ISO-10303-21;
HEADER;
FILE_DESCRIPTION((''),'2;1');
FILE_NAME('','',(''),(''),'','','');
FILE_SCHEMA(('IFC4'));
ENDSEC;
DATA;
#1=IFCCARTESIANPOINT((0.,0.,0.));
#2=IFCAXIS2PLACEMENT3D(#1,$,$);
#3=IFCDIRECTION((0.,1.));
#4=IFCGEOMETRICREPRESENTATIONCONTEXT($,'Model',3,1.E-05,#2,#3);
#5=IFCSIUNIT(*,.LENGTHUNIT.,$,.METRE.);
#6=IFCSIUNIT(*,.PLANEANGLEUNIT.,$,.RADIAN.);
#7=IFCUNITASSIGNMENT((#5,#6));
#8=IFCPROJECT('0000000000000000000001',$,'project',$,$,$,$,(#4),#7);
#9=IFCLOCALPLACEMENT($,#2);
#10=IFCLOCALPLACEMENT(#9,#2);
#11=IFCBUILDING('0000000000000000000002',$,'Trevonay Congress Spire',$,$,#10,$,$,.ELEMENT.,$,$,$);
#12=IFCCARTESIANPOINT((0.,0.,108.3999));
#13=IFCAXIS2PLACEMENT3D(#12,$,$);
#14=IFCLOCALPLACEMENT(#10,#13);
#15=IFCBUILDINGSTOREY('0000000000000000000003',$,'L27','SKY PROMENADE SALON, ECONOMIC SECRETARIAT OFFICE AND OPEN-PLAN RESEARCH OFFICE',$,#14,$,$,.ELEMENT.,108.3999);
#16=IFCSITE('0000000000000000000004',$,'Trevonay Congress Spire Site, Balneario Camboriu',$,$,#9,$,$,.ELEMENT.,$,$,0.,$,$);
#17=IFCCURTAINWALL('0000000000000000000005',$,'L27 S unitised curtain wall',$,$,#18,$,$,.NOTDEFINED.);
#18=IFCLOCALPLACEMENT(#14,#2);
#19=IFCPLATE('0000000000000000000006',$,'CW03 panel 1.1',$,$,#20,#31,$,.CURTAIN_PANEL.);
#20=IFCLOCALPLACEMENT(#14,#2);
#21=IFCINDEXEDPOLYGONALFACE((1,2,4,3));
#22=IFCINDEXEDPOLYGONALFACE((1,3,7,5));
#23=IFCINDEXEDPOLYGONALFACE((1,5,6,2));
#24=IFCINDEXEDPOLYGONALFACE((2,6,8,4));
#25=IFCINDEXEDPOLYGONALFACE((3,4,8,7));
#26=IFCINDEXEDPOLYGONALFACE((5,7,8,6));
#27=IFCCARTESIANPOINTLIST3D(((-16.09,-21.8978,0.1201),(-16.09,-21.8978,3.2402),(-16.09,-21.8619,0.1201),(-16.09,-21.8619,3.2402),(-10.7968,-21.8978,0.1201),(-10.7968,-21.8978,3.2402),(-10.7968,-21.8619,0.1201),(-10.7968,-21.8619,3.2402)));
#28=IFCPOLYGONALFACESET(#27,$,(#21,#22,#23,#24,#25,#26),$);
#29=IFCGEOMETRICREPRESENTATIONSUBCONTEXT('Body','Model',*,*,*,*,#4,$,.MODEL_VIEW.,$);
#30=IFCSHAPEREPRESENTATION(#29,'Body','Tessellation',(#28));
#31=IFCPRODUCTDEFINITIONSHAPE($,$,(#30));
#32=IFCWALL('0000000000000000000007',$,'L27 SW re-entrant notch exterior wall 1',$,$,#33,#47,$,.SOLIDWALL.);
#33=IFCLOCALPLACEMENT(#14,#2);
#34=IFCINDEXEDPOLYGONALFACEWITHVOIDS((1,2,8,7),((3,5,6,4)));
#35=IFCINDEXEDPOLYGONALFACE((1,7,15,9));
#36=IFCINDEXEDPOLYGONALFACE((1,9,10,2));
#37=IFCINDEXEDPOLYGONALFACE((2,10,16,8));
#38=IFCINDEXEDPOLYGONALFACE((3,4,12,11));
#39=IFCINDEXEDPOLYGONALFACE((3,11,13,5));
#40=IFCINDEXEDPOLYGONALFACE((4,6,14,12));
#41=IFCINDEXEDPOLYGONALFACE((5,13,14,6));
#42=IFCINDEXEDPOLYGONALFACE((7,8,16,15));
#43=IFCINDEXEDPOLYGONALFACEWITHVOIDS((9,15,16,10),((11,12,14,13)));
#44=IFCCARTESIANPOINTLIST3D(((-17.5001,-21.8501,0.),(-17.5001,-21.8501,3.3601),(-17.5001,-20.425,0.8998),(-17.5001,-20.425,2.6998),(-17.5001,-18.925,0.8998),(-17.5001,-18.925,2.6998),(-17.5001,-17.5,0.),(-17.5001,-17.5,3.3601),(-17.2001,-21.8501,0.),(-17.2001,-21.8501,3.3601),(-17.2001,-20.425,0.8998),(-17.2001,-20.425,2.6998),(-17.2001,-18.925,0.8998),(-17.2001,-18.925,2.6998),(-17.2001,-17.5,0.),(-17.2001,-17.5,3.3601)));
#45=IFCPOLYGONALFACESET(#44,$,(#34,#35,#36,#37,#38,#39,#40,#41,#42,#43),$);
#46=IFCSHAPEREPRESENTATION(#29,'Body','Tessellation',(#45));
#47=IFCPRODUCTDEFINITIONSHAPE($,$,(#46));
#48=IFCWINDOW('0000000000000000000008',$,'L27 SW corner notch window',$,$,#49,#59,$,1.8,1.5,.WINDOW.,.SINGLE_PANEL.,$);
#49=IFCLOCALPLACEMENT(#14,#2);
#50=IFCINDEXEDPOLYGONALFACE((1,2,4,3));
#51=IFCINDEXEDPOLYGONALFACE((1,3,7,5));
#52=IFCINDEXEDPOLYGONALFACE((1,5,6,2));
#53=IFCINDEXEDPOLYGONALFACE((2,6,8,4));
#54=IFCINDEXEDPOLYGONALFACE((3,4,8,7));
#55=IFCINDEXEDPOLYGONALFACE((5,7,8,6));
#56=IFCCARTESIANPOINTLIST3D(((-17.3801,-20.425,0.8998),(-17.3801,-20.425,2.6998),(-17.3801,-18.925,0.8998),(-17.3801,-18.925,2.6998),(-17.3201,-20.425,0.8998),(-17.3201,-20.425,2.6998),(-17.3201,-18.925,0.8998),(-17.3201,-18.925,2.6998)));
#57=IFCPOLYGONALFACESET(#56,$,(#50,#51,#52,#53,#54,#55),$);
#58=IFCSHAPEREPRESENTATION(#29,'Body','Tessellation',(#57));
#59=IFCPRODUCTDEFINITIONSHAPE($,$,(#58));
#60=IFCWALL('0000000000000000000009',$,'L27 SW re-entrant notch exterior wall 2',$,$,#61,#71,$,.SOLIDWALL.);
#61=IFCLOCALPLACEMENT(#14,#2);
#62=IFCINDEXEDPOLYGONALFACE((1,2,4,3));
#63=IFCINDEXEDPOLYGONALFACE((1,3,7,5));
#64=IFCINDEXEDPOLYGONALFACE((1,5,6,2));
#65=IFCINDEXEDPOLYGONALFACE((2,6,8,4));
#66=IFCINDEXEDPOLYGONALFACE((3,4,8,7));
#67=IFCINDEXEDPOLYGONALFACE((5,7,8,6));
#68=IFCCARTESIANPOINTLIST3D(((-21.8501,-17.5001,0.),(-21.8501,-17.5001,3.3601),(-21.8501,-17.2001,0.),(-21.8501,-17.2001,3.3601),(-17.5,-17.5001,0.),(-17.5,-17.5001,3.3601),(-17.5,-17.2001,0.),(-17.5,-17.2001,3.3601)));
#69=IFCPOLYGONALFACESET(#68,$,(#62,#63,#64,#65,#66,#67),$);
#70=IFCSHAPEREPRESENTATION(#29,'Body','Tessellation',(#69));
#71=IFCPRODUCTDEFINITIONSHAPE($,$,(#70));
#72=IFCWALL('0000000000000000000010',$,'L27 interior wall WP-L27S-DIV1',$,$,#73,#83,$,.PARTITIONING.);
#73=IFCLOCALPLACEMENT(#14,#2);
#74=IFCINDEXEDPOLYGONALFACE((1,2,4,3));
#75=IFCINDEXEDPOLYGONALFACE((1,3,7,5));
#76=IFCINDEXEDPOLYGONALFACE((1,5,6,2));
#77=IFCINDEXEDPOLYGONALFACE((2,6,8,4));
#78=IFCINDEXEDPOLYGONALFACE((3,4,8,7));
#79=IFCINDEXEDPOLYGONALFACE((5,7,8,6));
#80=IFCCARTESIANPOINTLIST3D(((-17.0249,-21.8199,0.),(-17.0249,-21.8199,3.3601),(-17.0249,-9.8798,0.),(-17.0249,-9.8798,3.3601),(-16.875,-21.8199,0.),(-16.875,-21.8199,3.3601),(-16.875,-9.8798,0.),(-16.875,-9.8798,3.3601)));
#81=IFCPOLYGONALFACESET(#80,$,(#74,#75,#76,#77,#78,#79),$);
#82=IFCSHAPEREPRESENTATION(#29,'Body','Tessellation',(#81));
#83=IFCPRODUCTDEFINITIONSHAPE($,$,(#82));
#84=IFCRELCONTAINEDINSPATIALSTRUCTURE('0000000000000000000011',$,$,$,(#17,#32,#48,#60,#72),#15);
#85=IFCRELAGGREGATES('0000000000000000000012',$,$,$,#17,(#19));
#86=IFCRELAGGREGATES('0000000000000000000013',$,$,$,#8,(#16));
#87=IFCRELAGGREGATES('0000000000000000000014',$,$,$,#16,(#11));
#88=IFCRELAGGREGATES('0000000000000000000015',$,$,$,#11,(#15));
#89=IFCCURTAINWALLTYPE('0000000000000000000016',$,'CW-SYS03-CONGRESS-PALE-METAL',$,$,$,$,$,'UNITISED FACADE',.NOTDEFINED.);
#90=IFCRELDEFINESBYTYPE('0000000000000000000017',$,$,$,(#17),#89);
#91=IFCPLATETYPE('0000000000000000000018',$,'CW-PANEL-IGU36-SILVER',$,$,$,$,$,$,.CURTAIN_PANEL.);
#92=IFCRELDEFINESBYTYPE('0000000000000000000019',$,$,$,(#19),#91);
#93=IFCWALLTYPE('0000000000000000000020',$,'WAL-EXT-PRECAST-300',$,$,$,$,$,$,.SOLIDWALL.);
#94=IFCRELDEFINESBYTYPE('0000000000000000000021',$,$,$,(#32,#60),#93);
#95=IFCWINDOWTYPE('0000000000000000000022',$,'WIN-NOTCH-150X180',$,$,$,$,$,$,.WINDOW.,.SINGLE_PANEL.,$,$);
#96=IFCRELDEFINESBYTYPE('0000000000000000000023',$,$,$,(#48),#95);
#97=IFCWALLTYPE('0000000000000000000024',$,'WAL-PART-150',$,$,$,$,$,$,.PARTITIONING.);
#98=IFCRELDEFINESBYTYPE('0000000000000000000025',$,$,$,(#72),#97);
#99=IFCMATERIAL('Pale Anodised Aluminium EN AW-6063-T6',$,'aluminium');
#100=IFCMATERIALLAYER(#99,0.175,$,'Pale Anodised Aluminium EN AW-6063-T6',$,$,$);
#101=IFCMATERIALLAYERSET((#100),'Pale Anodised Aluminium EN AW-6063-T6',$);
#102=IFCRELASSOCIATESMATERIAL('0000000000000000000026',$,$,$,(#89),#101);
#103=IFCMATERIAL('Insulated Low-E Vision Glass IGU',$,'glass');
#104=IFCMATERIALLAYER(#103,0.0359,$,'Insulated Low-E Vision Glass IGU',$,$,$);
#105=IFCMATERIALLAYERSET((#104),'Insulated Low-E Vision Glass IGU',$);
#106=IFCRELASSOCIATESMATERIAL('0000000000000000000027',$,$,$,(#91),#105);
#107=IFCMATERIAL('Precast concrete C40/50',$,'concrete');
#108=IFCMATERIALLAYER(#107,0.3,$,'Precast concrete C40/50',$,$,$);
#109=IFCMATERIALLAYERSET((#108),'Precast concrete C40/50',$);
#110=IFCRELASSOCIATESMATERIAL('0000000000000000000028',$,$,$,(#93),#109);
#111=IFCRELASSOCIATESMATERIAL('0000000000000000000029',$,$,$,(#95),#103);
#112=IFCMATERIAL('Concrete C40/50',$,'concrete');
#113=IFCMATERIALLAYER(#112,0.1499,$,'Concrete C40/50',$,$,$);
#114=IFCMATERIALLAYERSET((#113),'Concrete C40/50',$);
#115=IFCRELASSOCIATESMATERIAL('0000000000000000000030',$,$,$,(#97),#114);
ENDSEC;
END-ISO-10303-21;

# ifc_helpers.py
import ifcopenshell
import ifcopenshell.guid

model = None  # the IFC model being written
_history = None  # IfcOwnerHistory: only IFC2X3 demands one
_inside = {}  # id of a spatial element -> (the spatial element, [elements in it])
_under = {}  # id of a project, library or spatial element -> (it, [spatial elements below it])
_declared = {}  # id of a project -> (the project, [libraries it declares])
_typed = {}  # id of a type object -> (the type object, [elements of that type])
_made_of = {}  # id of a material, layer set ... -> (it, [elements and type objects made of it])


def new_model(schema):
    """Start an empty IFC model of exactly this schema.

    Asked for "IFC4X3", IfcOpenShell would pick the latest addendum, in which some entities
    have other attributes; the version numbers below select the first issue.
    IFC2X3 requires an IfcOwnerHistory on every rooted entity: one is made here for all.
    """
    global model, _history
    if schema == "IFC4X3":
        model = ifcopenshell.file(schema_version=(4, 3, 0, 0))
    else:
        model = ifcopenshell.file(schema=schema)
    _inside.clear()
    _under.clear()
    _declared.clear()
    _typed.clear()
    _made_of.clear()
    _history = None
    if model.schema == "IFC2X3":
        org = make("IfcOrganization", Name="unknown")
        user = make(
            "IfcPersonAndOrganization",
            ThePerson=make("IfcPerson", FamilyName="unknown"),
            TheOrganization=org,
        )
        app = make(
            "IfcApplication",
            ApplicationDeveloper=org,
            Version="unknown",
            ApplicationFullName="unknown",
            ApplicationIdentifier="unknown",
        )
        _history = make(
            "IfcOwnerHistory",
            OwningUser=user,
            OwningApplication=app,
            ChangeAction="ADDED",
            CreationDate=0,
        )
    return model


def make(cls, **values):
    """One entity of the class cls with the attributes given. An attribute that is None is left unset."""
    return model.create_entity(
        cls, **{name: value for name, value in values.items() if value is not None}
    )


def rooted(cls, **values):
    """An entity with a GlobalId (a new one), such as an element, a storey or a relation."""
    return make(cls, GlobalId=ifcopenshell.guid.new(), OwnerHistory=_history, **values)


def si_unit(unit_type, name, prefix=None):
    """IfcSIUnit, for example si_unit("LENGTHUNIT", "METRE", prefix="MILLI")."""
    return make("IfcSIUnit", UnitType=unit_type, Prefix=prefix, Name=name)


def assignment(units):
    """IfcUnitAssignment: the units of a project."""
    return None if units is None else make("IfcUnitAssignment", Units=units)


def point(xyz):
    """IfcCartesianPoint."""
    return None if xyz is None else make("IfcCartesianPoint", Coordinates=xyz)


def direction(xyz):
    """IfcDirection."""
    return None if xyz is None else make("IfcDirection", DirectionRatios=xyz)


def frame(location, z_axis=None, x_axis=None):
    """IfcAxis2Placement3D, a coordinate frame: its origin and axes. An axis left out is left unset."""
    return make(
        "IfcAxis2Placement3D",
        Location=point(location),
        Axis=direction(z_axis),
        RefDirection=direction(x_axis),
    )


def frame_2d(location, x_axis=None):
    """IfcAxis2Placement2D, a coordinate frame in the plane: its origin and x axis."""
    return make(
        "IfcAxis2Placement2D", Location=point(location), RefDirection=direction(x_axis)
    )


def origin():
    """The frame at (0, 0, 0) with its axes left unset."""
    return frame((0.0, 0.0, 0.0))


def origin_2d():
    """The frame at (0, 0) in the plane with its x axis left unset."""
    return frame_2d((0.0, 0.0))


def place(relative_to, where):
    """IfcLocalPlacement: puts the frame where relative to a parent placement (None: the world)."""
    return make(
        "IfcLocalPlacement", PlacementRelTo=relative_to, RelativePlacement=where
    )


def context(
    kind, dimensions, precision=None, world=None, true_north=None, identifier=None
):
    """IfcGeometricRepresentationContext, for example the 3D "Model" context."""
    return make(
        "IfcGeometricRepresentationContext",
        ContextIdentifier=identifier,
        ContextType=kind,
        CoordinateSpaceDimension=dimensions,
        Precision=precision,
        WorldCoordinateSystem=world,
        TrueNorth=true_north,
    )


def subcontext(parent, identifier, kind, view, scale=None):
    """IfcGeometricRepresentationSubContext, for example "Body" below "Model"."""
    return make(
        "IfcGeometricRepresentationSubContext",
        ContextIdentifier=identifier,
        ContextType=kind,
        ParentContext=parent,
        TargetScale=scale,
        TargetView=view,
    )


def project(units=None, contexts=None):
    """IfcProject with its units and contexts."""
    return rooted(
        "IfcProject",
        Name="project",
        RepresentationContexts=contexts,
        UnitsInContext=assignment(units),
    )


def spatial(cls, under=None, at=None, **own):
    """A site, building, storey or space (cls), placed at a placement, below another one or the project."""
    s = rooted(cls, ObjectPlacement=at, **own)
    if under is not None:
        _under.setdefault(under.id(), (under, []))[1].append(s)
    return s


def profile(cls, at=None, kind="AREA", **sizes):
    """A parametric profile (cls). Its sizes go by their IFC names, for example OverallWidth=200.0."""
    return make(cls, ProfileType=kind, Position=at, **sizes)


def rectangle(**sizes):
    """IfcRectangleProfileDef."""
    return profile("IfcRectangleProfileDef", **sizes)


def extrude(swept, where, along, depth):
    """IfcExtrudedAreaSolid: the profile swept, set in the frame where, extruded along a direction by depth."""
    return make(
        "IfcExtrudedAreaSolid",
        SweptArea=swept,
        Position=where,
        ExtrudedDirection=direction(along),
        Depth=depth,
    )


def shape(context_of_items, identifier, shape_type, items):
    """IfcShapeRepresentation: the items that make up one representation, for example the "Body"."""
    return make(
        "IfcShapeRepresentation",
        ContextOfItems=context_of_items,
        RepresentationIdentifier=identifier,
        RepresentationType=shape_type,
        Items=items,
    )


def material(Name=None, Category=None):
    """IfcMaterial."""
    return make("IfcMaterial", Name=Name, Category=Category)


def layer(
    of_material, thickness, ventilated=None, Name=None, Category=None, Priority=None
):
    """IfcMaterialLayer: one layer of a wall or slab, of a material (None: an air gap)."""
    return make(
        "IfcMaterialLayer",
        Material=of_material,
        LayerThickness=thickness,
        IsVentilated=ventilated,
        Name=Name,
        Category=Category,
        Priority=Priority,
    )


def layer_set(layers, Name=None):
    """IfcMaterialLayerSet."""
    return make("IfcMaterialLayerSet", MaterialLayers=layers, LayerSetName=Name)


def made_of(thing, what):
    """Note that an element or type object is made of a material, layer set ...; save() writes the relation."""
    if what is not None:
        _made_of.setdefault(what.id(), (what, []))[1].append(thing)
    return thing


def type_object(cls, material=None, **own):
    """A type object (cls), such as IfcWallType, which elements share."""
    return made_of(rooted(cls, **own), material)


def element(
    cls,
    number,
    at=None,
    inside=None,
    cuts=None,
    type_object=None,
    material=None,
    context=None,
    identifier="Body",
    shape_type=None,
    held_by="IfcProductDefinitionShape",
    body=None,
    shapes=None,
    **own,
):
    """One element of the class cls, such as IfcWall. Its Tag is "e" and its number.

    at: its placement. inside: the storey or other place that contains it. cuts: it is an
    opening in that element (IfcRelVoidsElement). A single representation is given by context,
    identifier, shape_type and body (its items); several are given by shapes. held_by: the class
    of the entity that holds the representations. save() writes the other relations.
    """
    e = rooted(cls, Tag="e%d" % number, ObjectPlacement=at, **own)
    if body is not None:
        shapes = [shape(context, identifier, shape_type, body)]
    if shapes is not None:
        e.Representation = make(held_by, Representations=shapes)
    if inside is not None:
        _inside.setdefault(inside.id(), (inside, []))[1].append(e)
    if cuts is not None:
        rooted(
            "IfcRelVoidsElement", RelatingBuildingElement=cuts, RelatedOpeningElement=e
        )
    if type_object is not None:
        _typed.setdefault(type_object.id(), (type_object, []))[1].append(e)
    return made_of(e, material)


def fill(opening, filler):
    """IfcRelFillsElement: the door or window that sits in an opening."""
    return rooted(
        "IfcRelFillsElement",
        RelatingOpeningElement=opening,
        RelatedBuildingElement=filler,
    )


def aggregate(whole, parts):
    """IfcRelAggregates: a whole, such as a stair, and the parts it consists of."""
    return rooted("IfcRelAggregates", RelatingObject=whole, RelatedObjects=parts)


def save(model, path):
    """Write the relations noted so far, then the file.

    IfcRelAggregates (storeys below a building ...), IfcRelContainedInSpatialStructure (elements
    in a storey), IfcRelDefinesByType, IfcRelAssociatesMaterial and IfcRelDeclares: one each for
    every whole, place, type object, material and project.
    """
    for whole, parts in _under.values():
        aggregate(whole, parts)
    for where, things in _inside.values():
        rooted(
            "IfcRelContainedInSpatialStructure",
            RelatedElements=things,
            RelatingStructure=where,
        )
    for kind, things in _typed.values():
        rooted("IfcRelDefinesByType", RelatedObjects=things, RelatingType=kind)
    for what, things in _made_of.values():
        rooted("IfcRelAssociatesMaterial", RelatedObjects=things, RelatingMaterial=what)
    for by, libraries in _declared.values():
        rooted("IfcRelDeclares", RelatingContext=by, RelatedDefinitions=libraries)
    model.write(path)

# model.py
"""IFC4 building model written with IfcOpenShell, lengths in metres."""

from ifc_helpers import new_model, si_unit, direction, frame, frame_2d, origin, origin_2d, place, context, subcontext, project, spatial, rectangle, extrude, material, layer, layer_set, type_object, element, fill, aggregate, save


model = new_model("IFC4")

# Units and contexts
model_context = context("Model", 3, precision=1e-05, world=origin(), true_north=direction((0.0, 1.0)))
body_context = subcontext(model_context, "Body", "Model", "MODEL_VIEW")
ifc_project = project(units=[si_unit("LENGTHUNIT", "METRE"), si_unit("PLANEANGLEUNIT", "RADIAN")], contexts=[model_context])

# Site, building, storey
site_placement = place(None, origin())
site = spatial("IfcSite", under=ifc_project, at=site_placement, Name="Trevonay Congress Spire Site, Balneario Camboriu", CompositionType="ELEMENT", RefElevation=0.0)
building_placement = place(site_placement, origin())
building = spatial("IfcBuilding", under=site, at=building_placement, Name="Trevonay Congress Spire", CompositionType="ELEMENT")
storey_placement = place(building_placement, frame((0.0, 0.0, 108.3999)))
storey = spatial("IfcBuildingStorey", under=building, at=storey_placement, Name="L27", Description="SKY PROMENADE SALON, ECONOMIC SECRETARIAT OFFICE AND OPEN-PLAN RESEARCH OFFICE", CompositionType="ELEMENT", Elevation=108.3999)

# Curtain wall
ifc_material_1 = material(Name="Pale Anodised Aluminium EN AW-6063-T6", Category="aluminium")
ifc_layer_1 = layer(ifc_material_1, 0.175, Name="Pale Anodised Aluminium EN AW-6063-T6")
ifc_layer_set_1 = layer_set([ifc_layer_1], Name="Pale Anodised Aluminium EN AW-6063-T6")
curtain_wall_type = type_object("IfcCurtainWallType", Name="CW-SYS03-CONGRESS-PALE-METAL", ElementType="UNITISED FACADE", PredefinedType="NOTDEFINED", material=ifc_layer_set_1)
curtain_wall_1_placement = place(storey_placement, origin())
curtain_wall_1 = element("IfcCurtainWall", 1, at=curtain_wall_1_placement, inside=storey, type_object=curtain_wall_type, Name="L27 S unitised curtain wall", PredefinedType="NOTDEFINED")

# Plate
ifc_material_2 = material(Name="Insulated Low-E Vision Glass IGU", Category="glass")
ifc_layer_2 = layer(ifc_material_2, 0.0359, Name="Insulated Low-E Vision Glass IGU")
ifc_layer_set_2 = layer_set([ifc_layer_2], Name="Insulated Low-E Vision Glass IGU")
plate_type = type_object("IfcPlateType", Name="CW-PANEL-IGU36-SILVER", PredefinedType="CURTAIN_PANEL", material=ifc_layer_set_2)
plate_placement = place(storey_placement, frame((-13.4434, -21.8799, 0.1201), z_axis=(0.0, 0.0, 1.0), x_axis=(1.0, 0.0, 0.0)))
plate = element("IfcPlate", 2, at=plate_placement, type_object=plate_type, Name="CW03 panel 1.1", PredefinedType="CURTAIN_PANEL", context=body_context, shape_type="SweptSolid", body=[
    extrude(rectangle(XDim=5.2932, YDim=0.0359, at=origin_2d()), origin(), (0.0, 0.0, 1.0), 3.1201),
])
aggregate(curtain_wall_1, [plate])

# Wall, opening, window
ifc_material_3 = material(Name="Precast concrete C40/50", Category="concrete")
ifc_layer_3 = layer(ifc_material_3, 0.3, Name="Precast concrete C40/50")
ifc_layer_set_3 = layer_set([ifc_layer_3], Name="Precast concrete C40/50")
wall_type_1 = type_object("IfcWallType", Name="WAL-EXT-PRECAST-300", PredefinedType="SOLIDWALL", material=ifc_layer_set_3)
wall_1_placement = place(storey_placement, frame((-17.3501, -21.8501, 0.0), z_axis=(0.0, 0.0, 1.0), x_axis=(0.0, 1.0, 0.0)))
wall_1 = element("IfcWall", 3, at=wall_1_placement, inside=storey, type_object=wall_type_1, Name="L27 SW re-entrant notch exterior wall 1", PredefinedType="SOLIDWALL", context=body_context, shape_type="SweptSolid", body=[
    extrude(rectangle(XDim=4.3501, YDim=0.3, at=frame_2d((2.175, 0.0))), origin(), (0.0, 0.0, 1.0), 3.3601),
])
opening_placement = place(wall_1_placement, frame((1.425, 0.0, 0.8999)))
opening = element("IfcOpeningElement", 4, at=opening_placement, cuts=wall_1, PredefinedType="OPENING", context=body_context, shape_type="SweptSolid", body=[
    extrude(rectangle(XDim=1.5, YDim=1.8, at=frame_2d((0.75, 0.8999))), frame((0.0, 0.1602, 0.0), z_axis=(0.0, -1.0, 0.0), x_axis=(1.0, 0.0, 0.0)), (0.0, 0.0, 1.0), 0.3201),
])
window_type = type_object("IfcWindowType", Name="WIN-NOTCH-150X180", PartitioningType="SINGLE_PANEL", PredefinedType="WINDOW", material=ifc_material_2)
window_placement = place(opening_placement, origin())
window = element("IfcWindow", 5, at=window_placement, inside=storey, type_object=window_type, Name="L27 SW corner notch window", OverallHeight=1.8, OverallWidth=1.5, PartitioningType="SINGLE_PANEL", PredefinedType="WINDOW", context=body_context, shape_type="SweptSolid", body=[
    extrude(rectangle(XDim=1.5, YDim=1.8, at=frame_2d((0.75, 0.8999))), frame((0.0, 0.03, 0.0), z_axis=(0.0, -1.0, 0.0), x_axis=(1.0, 0.0, 0.0)), (0.0, 0.0, 1.0), 0.0601),
])
fill(opening, window)

# Walls
wall_2_placement = place(storey_placement, frame((-21.8501, -17.3501, 0.0), z_axis=(0.0, 0.0, 1.0), x_axis=(1.0, 0.0, 0.0)))
element("IfcWall", 6, at=wall_2_placement, inside=storey, type_object=wall_type_1, Name="L27 SW re-entrant notch exterior wall 2", PredefinedType="SOLIDWALL", context=body_context, shape_type="SweptSolid", body=[
    extrude(rectangle(XDim=4.3501, YDim=0.3, at=frame_2d((2.175, 0.0))), origin(), (0.0, 0.0, 1.0), 3.3601),
])
ifc_material_4 = material(Name="Concrete C40/50", Category="concrete")
ifc_layer_4 = layer(ifc_material_4, 0.1499, Name="Concrete C40/50")
ifc_layer_set_4 = layer_set([ifc_layer_4], Name="Concrete C40/50")
wall_type_2 = type_object("IfcWallType", Name="WAL-PART-150", PredefinedType="PARTITIONING", material=ifc_layer_set_4)
wall_3_placement = place(storey_placement, frame((-16.95, -21.8201, 0.0), z_axis=(0.0, 0.0, 1.0), x_axis=(0.0, 1.0, 0.0)))
element("IfcWall", 7, at=wall_3_placement, inside=storey, type_object=wall_type_2, Name="L27 interior wall WP-L27S-DIV1", PredefinedType="PARTITIONING", context=body_context, shape_type="SweptSolid", body=[
    extrude(rectangle(XDim=11.9402, YDim=0.1499, at=frame_2d((5.9702, 0.0))), origin(), (0.0, 0.0, 1.0), 3.3601),
])

save(model, "model.ifc")
